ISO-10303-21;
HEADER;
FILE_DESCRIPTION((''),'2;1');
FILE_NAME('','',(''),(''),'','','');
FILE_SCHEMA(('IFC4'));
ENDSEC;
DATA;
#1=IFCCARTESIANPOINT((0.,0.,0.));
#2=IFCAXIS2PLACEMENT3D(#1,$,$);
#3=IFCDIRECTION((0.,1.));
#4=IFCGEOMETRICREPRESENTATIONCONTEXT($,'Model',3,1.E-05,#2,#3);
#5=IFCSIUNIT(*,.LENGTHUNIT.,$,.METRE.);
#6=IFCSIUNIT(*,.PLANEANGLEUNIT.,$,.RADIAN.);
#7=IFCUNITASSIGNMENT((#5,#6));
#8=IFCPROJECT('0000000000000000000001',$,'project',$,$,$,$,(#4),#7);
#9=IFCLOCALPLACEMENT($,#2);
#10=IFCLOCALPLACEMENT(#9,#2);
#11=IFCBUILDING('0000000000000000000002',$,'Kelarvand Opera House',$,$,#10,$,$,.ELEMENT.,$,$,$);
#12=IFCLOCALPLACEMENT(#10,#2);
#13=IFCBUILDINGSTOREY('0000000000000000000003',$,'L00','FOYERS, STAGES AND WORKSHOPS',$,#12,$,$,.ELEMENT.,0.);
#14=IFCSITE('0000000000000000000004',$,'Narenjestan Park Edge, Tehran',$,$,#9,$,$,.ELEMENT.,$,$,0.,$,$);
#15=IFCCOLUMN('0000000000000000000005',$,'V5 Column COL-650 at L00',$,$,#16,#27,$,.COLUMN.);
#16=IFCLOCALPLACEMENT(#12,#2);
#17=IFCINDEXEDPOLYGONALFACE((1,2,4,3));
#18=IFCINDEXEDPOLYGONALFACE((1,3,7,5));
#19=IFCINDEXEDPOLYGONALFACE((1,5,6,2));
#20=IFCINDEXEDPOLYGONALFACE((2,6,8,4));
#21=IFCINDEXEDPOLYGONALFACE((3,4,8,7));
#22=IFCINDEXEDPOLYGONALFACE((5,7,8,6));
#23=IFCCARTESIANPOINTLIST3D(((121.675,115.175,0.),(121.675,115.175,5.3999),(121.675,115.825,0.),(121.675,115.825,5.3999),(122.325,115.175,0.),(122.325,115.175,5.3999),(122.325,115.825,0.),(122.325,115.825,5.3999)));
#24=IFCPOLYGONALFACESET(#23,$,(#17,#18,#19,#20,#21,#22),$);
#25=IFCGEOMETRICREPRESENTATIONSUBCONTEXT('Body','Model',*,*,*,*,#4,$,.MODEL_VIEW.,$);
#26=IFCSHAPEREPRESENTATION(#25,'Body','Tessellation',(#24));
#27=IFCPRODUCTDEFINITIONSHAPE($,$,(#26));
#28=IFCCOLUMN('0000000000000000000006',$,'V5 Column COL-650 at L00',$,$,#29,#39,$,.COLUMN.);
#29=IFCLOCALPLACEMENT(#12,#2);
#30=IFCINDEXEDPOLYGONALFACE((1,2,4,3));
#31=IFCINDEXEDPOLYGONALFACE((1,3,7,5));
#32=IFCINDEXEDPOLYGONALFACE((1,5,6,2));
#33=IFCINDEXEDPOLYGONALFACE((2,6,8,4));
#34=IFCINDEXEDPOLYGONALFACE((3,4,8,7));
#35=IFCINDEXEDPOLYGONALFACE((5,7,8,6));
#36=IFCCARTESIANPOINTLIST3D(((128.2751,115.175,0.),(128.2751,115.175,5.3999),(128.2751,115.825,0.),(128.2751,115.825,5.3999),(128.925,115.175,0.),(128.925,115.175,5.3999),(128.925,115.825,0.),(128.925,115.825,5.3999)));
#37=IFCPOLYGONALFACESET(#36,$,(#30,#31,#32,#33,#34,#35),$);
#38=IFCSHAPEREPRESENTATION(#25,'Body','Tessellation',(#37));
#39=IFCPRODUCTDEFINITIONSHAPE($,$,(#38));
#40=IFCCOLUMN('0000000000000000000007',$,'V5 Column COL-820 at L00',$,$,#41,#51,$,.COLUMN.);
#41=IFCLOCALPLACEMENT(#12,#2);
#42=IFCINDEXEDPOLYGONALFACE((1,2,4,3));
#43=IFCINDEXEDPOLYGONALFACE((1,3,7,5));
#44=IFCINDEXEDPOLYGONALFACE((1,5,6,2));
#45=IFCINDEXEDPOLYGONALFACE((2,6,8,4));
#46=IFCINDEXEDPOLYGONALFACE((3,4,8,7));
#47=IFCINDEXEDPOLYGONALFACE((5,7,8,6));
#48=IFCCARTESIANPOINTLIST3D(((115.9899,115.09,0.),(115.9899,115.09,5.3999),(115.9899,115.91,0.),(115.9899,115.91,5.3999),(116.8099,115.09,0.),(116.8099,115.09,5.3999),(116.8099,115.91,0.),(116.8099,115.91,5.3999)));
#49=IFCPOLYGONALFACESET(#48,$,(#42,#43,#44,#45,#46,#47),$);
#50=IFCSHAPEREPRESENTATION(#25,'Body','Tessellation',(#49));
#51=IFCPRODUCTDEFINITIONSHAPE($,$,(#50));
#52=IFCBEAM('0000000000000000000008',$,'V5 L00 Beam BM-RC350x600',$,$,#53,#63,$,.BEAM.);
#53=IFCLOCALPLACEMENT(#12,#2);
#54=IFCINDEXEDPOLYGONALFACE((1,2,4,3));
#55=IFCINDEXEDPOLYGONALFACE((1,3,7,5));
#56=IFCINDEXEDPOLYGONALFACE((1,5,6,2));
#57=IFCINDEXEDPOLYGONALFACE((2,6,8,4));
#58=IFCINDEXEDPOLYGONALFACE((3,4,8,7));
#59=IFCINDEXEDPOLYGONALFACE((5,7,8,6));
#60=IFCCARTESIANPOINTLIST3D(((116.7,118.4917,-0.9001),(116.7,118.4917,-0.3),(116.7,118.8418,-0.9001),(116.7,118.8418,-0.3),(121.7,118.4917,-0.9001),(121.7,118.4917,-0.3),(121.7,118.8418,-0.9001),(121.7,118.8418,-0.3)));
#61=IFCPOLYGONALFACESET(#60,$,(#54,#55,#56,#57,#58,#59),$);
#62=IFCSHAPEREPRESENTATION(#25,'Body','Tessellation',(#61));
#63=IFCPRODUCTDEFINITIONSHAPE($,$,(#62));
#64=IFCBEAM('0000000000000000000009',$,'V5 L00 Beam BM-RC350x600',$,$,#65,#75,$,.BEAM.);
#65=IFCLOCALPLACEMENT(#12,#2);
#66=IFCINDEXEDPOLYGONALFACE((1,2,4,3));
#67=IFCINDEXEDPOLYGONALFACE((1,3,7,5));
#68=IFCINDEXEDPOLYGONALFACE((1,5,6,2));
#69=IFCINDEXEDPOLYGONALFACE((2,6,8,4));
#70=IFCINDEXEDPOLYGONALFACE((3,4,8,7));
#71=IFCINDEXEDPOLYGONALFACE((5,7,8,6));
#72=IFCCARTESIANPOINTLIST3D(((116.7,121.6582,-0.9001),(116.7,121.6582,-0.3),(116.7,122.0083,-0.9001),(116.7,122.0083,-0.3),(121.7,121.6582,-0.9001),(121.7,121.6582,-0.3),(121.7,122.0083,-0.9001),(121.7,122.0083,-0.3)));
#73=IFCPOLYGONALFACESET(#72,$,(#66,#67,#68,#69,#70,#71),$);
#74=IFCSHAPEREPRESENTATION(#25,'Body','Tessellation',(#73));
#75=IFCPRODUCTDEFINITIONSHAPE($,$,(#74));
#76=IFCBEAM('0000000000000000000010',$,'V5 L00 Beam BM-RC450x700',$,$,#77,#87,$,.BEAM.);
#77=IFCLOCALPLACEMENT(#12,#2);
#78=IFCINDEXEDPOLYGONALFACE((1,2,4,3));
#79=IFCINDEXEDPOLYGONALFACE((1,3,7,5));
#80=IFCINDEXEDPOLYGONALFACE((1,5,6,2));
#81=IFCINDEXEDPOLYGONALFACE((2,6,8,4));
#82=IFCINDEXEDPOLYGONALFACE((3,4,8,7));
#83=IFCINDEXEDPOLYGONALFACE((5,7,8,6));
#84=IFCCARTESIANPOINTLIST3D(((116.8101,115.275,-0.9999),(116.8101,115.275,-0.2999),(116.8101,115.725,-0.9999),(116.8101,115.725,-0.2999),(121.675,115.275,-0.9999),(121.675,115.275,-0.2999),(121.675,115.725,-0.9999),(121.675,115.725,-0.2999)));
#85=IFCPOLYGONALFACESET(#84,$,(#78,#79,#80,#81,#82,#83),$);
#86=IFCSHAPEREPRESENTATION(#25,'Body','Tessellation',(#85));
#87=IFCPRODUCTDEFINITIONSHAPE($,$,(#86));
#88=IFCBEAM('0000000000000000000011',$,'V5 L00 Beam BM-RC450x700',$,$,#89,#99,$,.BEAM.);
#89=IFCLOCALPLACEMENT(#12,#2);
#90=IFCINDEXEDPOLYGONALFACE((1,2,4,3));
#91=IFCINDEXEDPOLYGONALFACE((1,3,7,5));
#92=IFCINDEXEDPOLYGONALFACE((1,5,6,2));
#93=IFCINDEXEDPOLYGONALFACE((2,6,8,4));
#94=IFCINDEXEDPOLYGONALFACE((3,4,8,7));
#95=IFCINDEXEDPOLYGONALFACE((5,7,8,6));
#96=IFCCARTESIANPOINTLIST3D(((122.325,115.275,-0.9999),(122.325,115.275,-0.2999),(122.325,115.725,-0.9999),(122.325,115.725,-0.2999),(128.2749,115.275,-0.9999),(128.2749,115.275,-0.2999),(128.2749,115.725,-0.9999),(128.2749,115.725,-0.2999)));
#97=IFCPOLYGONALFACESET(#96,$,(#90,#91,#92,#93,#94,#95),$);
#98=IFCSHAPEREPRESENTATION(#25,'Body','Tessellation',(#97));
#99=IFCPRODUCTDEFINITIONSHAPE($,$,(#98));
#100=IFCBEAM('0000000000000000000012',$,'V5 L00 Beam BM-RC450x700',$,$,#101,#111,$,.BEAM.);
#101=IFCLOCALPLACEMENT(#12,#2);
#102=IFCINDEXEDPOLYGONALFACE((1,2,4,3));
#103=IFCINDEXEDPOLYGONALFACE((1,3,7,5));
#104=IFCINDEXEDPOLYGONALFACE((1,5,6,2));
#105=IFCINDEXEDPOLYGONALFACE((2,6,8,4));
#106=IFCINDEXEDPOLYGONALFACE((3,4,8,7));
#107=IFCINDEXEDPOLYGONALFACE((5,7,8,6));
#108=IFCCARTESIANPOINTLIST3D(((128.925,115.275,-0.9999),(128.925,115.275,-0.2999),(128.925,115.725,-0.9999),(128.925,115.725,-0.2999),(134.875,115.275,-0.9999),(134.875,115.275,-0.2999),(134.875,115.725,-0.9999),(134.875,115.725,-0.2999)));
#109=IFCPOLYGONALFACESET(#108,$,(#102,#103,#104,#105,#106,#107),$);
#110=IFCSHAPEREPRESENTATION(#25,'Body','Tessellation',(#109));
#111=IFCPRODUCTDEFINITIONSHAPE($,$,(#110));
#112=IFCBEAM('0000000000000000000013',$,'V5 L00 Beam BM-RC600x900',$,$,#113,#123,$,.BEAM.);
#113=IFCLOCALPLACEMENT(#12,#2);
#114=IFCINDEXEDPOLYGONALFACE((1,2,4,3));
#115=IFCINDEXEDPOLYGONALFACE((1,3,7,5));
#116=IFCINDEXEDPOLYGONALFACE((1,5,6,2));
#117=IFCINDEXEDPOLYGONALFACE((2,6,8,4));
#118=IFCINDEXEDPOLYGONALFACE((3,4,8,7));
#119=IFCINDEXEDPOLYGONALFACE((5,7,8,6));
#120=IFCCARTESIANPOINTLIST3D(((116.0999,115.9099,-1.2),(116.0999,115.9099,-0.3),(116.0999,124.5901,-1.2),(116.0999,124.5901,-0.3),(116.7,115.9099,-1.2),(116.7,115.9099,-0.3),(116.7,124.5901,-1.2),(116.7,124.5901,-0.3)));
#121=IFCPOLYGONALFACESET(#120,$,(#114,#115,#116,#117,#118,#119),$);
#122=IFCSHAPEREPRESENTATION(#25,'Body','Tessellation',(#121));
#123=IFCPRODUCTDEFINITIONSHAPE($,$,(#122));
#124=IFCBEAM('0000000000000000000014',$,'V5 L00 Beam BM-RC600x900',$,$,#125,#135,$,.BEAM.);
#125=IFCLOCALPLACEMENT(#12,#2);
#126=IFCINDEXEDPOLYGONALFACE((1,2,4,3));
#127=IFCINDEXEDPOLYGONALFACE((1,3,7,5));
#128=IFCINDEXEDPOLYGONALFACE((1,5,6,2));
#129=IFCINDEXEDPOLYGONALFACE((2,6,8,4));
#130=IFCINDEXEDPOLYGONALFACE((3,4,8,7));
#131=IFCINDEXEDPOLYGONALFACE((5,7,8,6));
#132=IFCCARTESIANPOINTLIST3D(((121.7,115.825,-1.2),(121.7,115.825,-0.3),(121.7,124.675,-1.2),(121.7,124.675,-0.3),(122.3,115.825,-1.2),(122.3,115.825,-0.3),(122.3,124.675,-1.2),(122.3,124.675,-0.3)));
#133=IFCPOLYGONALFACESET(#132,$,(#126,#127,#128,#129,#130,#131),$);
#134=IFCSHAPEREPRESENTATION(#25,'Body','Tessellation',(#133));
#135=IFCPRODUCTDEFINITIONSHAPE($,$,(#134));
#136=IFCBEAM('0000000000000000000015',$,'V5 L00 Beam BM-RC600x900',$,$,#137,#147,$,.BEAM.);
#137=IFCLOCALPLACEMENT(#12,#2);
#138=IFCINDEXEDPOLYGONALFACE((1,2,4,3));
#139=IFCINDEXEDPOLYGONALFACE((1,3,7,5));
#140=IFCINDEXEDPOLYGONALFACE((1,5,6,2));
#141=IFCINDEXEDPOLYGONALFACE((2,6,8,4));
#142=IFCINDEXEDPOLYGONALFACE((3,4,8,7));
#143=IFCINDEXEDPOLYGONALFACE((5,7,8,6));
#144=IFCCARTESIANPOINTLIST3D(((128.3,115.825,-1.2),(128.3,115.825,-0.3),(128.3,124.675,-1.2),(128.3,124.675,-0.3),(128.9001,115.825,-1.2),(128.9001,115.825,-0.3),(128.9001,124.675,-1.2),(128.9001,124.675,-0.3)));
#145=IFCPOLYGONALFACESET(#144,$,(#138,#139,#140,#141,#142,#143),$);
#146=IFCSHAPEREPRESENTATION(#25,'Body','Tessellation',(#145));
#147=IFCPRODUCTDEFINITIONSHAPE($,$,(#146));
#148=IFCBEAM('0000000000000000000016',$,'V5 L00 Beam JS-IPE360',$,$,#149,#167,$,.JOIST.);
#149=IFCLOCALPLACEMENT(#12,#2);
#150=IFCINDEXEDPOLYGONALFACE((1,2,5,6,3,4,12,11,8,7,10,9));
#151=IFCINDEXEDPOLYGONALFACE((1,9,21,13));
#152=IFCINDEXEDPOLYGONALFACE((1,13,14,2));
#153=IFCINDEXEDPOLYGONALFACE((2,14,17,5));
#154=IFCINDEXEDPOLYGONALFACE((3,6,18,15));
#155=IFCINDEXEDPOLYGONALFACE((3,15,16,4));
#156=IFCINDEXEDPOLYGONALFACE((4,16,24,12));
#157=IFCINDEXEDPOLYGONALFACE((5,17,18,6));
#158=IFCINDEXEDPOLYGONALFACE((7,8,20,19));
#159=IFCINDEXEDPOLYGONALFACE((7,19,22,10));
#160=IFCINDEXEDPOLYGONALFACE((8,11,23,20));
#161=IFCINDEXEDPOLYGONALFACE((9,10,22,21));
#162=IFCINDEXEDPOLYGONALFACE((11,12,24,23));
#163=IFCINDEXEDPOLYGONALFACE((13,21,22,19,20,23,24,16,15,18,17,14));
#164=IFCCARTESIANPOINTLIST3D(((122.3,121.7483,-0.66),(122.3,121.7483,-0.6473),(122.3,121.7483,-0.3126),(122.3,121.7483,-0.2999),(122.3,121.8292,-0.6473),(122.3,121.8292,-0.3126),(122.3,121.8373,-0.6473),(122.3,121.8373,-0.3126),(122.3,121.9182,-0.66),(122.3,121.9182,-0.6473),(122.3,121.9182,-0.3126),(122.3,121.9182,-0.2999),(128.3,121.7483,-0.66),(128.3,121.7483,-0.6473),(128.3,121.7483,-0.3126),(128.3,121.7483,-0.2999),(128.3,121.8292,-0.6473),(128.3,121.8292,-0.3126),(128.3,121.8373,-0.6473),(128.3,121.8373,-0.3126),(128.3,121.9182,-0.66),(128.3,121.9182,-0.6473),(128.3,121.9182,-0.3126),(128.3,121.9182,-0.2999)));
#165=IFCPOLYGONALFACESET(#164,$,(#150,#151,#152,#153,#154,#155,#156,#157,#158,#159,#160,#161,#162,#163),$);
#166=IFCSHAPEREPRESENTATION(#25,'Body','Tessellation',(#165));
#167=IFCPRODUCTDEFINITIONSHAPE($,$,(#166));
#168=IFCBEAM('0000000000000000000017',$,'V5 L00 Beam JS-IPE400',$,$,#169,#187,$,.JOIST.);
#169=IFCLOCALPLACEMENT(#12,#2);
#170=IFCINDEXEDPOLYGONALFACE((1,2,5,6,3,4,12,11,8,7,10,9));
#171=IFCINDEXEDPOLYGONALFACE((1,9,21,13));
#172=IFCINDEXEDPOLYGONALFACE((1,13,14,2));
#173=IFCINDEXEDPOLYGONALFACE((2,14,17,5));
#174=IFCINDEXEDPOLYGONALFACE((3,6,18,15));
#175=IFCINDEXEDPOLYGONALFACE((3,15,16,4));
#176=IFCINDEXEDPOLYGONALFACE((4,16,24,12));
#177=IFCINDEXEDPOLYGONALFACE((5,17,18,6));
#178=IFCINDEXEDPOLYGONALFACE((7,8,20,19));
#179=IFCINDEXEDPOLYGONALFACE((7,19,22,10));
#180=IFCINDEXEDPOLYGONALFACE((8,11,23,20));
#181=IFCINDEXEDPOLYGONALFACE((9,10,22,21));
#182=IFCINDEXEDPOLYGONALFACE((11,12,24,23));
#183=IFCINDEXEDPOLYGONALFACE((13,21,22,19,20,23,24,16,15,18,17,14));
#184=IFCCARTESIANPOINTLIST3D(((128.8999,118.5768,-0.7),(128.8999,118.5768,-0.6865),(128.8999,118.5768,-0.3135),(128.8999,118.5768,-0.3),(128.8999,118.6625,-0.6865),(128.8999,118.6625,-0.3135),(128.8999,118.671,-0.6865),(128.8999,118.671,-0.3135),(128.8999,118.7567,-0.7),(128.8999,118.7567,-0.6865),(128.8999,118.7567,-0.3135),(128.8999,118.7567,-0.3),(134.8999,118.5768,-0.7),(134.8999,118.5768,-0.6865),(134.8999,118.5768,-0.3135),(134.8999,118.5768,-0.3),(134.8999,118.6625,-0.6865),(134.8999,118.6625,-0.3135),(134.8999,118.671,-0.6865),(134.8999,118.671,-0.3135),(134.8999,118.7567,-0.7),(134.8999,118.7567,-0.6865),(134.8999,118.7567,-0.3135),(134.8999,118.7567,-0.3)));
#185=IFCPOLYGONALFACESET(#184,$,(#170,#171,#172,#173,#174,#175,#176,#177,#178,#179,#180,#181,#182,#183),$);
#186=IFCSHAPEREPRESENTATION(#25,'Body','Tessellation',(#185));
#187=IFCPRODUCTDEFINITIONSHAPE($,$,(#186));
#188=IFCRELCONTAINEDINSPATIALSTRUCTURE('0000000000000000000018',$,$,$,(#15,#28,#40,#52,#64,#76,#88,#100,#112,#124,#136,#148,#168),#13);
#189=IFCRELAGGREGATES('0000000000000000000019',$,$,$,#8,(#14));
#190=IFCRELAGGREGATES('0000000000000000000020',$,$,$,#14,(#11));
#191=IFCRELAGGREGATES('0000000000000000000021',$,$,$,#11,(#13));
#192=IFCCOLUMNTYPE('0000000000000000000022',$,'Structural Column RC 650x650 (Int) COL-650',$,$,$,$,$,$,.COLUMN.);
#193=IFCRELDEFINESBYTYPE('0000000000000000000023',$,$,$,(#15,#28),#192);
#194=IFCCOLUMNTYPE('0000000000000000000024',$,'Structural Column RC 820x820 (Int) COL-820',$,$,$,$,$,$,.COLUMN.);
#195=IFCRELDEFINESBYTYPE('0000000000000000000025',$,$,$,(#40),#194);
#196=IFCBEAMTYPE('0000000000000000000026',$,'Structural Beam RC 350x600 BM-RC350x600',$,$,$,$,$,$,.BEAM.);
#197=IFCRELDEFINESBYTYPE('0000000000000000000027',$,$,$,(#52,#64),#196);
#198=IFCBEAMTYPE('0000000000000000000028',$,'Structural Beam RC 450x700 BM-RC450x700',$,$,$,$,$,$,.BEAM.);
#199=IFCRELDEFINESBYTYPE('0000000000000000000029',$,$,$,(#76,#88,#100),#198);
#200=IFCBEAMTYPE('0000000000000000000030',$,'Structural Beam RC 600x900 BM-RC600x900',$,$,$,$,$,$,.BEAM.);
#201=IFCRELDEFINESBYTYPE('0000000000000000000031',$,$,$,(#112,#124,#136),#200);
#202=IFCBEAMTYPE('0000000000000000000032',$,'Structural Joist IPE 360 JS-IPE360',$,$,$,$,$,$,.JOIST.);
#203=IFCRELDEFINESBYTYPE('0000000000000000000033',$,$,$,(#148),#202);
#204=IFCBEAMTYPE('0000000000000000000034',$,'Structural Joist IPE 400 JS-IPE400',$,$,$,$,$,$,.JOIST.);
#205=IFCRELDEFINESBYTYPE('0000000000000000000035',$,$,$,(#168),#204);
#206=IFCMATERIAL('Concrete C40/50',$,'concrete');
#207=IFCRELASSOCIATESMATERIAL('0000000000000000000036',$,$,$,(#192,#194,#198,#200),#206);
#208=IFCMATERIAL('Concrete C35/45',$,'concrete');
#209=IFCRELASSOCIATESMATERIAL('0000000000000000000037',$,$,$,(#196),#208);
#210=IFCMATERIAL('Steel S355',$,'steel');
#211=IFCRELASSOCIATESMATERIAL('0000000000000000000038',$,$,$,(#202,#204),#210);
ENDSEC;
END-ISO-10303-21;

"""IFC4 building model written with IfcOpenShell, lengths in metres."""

from ifc_helpers import new_model, si_unit, direction, frame, origin, origin_2d, place, context, subcontext, project, spatial, rectangle, i_section, extrude, material, material_profile, profile_set, type_object, element, save


model = new_model("IFC4")

# Units and contexts
model_context = context("Model", 3, precision=1e-05, world=origin(), true_north=direction((0.0, 1.0)))
body_context = subcontext(model_context, "Body", "Model", "MODEL_VIEW")
ifc_project = project(units=[si_unit("LENGTHUNIT", "METRE"), si_unit("PLANEANGLEUNIT", "RADIAN")], contexts=[model_context])

# Site, building, storey
site_placement = place(None, origin())
site = spatial("IfcSite", under=ifc_project, at=site_placement, Name="Narenjestan Park Edge, Tehran", CompositionType="ELEMENT", RefElevation=0.0)
building_placement = place(site_placement, origin())
building = spatial("IfcBuilding", under=site, at=building_placement, Name="Kelarvand Opera House", CompositionType="ELEMENT")
storey_placement = place(building_placement, origin())
storey = spatial("IfcBuildingStorey", under=building, at=storey_placement, Name="L00", Description="FOYERS, STAGES AND WORKSHOPS", CompositionType="ELEMENT", Elevation=0.0)

# Columns
ifc_material_1 = material(Name="Concrete C40/50", Category="concrete")
ifc_material_profile_1 = material_profile(ifc_material_1, rectangle(XDim=0.6499, YDim=0.6499, at=origin_2d()), Name="RC 650x650", Category="concrete")
ifc_profile_set_1 = profile_set([ifc_material_profile_1], Name="Concrete C40/50")
column_type_1 = type_object("IfcColumnType", Name="Structural Column RC 650x650 (Int) COL-650", PredefinedType="COLUMN", material=ifc_profile_set_1)
for number, where, z_axis, x_axis, name in (
    (1, (122.0, 115.5, 0.0), (0.0, 0.0, 1.0), (1.0, 0.0, 0.0), "V5 Column COL-650 at L00"),
    (2, (128.6001, 115.5, 0.0), (0.0, 0.0, 1.0), (1.0, 0.0, 0.0), "V5 Column COL-650 at L00"),
):
    element("IfcColumn", number, at=place(storey_placement, frame(where, z_axis=z_axis, x_axis=x_axis)), inside=storey, type_object=column_type_1, Name=name, PredefinedType="COLUMN", context=body_context, shape_type="SweptSolid", body=[
        extrude(rectangle(XDim=0.6499, YDim=0.6499, at=origin_2d()), origin(), (0.0, 0.0, 1.0), 5.3999),
    ])
ifc_material_profile_2 = material_profile(ifc_material_1, rectangle(XDim=0.8201, YDim=0.8201, at=origin_2d()), Name="RC 820x820", Category="concrete")
ifc_profile_set_2 = profile_set([ifc_material_profile_2], Name="Concrete C40/50")
column_type_2 = type_object("IfcColumnType", Name="Structural Column RC 820x820 (Int) COL-820", PredefinedType="COLUMN", material=ifc_profile_set_2)
column_placement = place(storey_placement, frame((116.3999, 115.5, 0.0), z_axis=(0.0, 0.0, 1.0), x_axis=(1.0, 0.0, 0.0)))
element("IfcColumn", 3, at=column_placement, inside=storey, type_object=column_type_2, Name="V5 Column COL-820 at L00", PredefinedType="COLUMN", context=body_context, shape_type="SweptSolid", body=[
    extrude(rectangle(XDim=0.8201, YDim=0.8201, at=origin_2d()), origin(), (0.0, 0.0, 1.0), 5.3999),
])

# Beams
ifc_material_2 = material(Name="Concrete C35/45", Category="concrete")
ifc_material_profile_3 = material_profile(ifc_material_2, rectangle(XDim=0.3501, YDim=0.6001, at=origin_2d()), Name="RC 350x600", Category="concrete")
ifc_profile_set_3 = profile_set([ifc_material_profile_3], Name="Concrete C35/45")
beam_type_1 = type_object("IfcBeamType", Name="Structural Beam RC 350x600 BM-RC350x600", PredefinedType="BEAM", material=ifc_profile_set_3)
for number, where, z_axis, x_axis, name in (
    (4, (116.7, 118.6667, -0.6001), (1.0, 0.0, 0.0), (0.0, 1.0, 0.0), "V5 L00 Beam BM-RC350x600"),
    (5, (116.7, 121.8333, -0.6001), (1.0, 0.0, 0.0), (0.0, 1.0, 0.0), "V5 L00 Beam BM-RC350x600"),
):
    element("IfcBeam", number, at=place(storey_placement, frame(where, z_axis=z_axis, x_axis=x_axis)), inside=storey, type_object=beam_type_1, Name=name, PredefinedType="BEAM", context=body_context, shape_type="SweptSolid", body=[
        extrude(rectangle(XDim=0.3501, YDim=0.6001, at=origin_2d()), origin(), (0.0, 0.0, 1.0), 5.0),
    ])
ifc_material_profile_4 = material_profile(ifc_material_1, rectangle(XDim=0.45, YDim=0.7, at=origin_2d()), Name="RC 450x700", Category="concrete")
ifc_profile_set_4 = profile_set([ifc_material_profile_4], Name="Concrete C40/50")
beam_type_2 = type_object("IfcBeamType", Name="Structural Beam RC 450x700 BM-RC450x700", PredefinedType="BEAM", material=ifc_profile_set_4)
beam_1_placement = place(storey_placement, frame((116.8101, 115.5, -0.6499), z_axis=(1.0, 0.0, 0.0), x_axis=(0.0, 1.0, 0.0)))
element("IfcBeam", 6, at=beam_1_placement, inside=storey, type_object=beam_type_2, Name="V5 L00 Beam BM-RC450x700", PredefinedType="BEAM", context=body_context, shape_type="SweptSolid", body=[
    extrude(rectangle(XDim=0.45, YDim=0.7, at=origin_2d()), origin(), (0.0, 0.0, 1.0), 4.865),
])
for number, where, z_axis, x_axis, name in (
    (7, (122.325, 115.5, -0.6499), (1.0, 0.0, 0.0), (0.0, 1.0, 0.0), "V5 L00 Beam BM-RC450x700"),
    (8, (128.925, 115.5, -0.6499), (1.0, 0.0, 0.0), (0.0, 1.0, 0.0), "V5 L00 Beam BM-RC450x700"),
):
    element("IfcBeam", number, at=place(storey_placement, frame(where, z_axis=z_axis, x_axis=x_axis)), inside=storey, type_object=beam_type_2, Name=name, PredefinedType="BEAM", context=body_context, shape_type="SweptSolid", body=[
        extrude(rectangle(XDim=0.45, YDim=0.7, at=origin_2d()), origin(), (0.0, 0.0, 1.0), 5.95),
    ])
ifc_material_profile_5 = material_profile(ifc_material_1, rectangle(XDim=0.6001, YDim=0.8999, at=origin_2d()), Name="RC 600x900", Category="concrete")
ifc_profile_set_5 = profile_set([ifc_material_profile_5], Name="Concrete C40/50")
beam_type_3 = type_object("IfcBeamType", Name="Structural Beam RC 600x900 BM-RC600x900", PredefinedType="BEAM", material=ifc_profile_set_5)
beam_2_placement = place(storey_placement, frame((116.3999, 115.9099, -0.75), z_axis=(0.0, 1.0, 0.0), x_axis=(-1.0, 0.0, 0.0)))
element("IfcBeam", 9, at=beam_2_placement, inside=storey, type_object=beam_type_3, Name="V5 L00 Beam BM-RC600x900", PredefinedType="BEAM", context=body_context, shape_type="SweptSolid", body=[
    extrude(rectangle(XDim=0.6001, YDim=0.8999, at=origin_2d()), origin(), (0.0, 0.0, 1.0), 8.6802),
])
for number, where, z_axis, x_axis, name in (
    (10, (122.0, 115.825, -0.75), (0.0, 1.0, 0.0), (-1.0, 0.0, 0.0), "V5 L00 Beam BM-RC600x900"),
    (11, (128.6001, 115.825, -0.75), (0.0, 1.0, 0.0), (-1.0, 0.0, 0.0), "V5 L00 Beam BM-RC600x900"),
):
    element("IfcBeam", number, at=place(storey_placement, frame(where, z_axis=z_axis, x_axis=x_axis)), inside=storey, type_object=beam_type_3, Name=name, PredefinedType="BEAM", context=body_context, shape_type="SweptSolid", body=[
        extrude(rectangle(XDim=0.6001, YDim=0.8999, at=origin_2d()), origin(), (0.0, 0.0, 1.0), 8.8501),
    ])
ifc_material_3 = material(Name="Steel S355", Category="steel")
ifc_material_profile_6 = material_profile(ifc_material_3, i_section(OverallWidth=0.1699, OverallDepth=0.3601, WebThickness=0.0081, FlangeThickness=0.0127, at=origin_2d()), Name="IPE 360", Category="steel")
ifc_profile_set_6 = profile_set([ifc_material_profile_6], Name="Steel S355")
beam_type_4 = type_object("IfcBeamType", Name="Structural Joist IPE 360 JS-IPE360", PredefinedType="JOIST", material=ifc_profile_set_6)
beam_3_placement = place(storey_placement, frame((122.3, 121.8333, -0.48), z_axis=(1.0, 0.0, 0.0), x_axis=(0.0, 1.0, 0.0)))
element("IfcBeam", 12, at=beam_3_placement, inside=storey, type_object=beam_type_4, Name="V5 L00 Beam JS-IPE360", PredefinedType="JOIST", context=body_context, shape_type="SweptSolid", body=[
    extrude(i_section(OverallWidth=0.1699, OverallDepth=0.3601, WebThickness=0.0081, FlangeThickness=0.0127, at=origin_2d()), origin(), (0.0, 0.0, 1.0), 6.0),
])
ifc_material_profile_7 = material_profile(ifc_material_3, i_section(OverallWidth=0.1799, OverallDepth=0.3999, WebThickness=0.0085, FlangeThickness=0.0134, at=origin_2d()), Name="IPE 400", Category="steel")
ifc_profile_set_7 = profile_set([ifc_material_profile_7], Name="Steel S355")
beam_type_5 = type_object("IfcBeamType", Name="Structural Joist IPE 400 JS-IPE400", PredefinedType="JOIST", material=ifc_profile_set_7)
for number, where, z_axis, x_axis, name in (
    (13, (128.8999, 118.6667, -0.5), (1.0, 0.0, 0.0), (0.0, 1.0, 0.0), "V5 L00 Beam JS-IPE400"),
):
    element("IfcBeam", number, at=place(storey_placement, frame(where, z_axis=z_axis, x_axis=x_axis)), inside=storey, type_object=beam_type_5, Name=name, PredefinedType="JOIST", context=body_context, shape_type="SweptSolid", body=[
        extrude(i_section(OverallWidth=0.1799, OverallDepth=0.3999, WebThickness=0.0085, FlangeThickness=0.0134, at=origin_2d()), origin(), (0.0, 0.0, 1.0), 6.0),
    ])

save(model, "model.ifc")
